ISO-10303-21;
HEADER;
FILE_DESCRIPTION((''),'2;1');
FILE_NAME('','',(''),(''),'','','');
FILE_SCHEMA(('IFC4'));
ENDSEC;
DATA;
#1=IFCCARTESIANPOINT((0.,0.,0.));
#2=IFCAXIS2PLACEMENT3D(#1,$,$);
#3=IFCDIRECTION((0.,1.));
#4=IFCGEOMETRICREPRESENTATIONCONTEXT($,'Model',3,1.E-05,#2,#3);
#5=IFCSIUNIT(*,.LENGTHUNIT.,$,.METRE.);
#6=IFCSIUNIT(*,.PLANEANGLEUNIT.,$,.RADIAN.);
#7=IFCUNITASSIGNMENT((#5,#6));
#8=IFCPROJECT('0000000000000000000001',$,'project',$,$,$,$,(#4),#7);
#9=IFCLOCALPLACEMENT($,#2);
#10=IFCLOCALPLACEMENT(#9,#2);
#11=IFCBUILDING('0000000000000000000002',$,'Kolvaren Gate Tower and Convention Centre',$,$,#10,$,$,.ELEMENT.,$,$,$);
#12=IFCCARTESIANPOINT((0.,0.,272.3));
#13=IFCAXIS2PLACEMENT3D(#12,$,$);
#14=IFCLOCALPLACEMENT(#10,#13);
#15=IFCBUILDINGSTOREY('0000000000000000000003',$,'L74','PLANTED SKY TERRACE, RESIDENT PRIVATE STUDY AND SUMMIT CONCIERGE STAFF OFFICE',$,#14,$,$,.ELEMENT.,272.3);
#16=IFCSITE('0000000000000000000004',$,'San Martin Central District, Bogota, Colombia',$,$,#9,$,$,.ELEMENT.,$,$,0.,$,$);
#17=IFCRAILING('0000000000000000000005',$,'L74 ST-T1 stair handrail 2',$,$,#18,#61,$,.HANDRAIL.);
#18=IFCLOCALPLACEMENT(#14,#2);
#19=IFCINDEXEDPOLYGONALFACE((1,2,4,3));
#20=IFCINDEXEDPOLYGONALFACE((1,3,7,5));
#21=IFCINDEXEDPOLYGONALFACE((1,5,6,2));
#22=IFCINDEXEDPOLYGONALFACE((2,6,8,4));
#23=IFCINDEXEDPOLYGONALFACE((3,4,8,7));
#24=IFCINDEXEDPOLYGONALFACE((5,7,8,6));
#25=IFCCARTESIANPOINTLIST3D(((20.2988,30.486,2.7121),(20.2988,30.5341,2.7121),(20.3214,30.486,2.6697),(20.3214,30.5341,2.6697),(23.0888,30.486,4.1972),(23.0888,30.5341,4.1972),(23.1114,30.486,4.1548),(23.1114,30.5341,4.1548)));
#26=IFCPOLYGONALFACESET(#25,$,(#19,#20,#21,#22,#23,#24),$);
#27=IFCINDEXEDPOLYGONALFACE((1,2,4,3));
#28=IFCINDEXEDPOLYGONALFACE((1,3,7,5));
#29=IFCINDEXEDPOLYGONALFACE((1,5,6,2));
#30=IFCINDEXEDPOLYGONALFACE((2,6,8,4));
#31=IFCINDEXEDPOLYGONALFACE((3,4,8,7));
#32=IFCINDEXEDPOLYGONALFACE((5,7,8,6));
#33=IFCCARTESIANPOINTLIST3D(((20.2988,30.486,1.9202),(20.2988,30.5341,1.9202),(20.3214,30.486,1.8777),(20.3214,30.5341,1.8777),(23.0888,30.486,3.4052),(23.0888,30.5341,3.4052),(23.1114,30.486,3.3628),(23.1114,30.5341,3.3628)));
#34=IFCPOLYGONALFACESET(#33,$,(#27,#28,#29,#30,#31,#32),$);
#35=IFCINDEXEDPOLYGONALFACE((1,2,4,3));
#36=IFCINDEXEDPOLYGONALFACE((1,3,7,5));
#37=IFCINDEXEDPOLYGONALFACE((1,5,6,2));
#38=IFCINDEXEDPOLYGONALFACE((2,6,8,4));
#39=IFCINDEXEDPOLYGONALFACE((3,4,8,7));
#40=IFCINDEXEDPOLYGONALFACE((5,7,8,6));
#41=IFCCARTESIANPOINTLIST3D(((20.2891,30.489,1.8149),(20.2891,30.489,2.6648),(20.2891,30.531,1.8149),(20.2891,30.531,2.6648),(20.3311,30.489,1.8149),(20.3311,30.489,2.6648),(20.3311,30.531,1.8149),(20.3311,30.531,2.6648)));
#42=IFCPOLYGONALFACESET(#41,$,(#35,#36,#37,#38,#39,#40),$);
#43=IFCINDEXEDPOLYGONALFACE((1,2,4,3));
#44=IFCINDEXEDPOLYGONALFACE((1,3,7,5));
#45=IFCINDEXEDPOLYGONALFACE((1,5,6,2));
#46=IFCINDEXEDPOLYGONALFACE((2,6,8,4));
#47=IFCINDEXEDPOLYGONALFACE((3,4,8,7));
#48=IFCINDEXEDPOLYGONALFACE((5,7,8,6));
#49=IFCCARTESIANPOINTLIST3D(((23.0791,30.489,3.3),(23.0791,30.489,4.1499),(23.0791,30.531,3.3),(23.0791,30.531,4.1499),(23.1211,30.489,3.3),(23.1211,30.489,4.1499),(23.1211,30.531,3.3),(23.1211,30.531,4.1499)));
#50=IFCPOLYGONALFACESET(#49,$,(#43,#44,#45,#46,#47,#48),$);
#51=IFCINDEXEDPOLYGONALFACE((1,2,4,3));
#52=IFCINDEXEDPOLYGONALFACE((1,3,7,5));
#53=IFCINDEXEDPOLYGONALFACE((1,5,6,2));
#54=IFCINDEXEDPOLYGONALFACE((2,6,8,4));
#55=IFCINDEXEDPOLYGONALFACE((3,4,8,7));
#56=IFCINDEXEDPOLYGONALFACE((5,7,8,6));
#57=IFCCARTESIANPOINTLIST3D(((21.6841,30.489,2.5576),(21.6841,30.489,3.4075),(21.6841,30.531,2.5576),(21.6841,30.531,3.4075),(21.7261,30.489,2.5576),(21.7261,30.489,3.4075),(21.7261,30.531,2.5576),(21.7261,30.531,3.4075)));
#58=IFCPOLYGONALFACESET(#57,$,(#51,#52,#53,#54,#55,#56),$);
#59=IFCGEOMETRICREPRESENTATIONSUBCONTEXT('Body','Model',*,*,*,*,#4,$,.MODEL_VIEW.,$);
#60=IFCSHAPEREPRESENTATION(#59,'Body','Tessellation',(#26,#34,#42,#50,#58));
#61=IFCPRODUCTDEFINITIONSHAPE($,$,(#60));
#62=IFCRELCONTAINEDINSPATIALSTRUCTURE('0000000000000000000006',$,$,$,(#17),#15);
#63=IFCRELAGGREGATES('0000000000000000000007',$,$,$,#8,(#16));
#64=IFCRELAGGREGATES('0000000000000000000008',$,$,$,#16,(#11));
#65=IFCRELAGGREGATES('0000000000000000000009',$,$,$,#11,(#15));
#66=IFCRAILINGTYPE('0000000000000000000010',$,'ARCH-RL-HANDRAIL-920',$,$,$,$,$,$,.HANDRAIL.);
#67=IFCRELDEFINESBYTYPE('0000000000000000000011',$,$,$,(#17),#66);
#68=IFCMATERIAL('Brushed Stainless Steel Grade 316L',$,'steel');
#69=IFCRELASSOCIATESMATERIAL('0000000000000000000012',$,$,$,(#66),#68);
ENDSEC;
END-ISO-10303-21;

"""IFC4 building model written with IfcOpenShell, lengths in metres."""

from ifc_helpers import new_model, si_unit, direction, frame, origin, origin_2d, place, context, subcontext, project, spatial, rectangle, extrude, material, type_object, element, save


model = new_model("IFC4")

# Units and contexts
model_context = context("Model", 3, precision=1e-05, world=origin(), true_north=direction((0.0, 1.0)))
body_context = subcontext(model_context, "Body", "Model", "MODEL_VIEW")
ifc_project = project(units=[si_unit("LENGTHUNIT", "METRE"), si_unit("PLANEANGLEUNIT", "RADIAN")], contexts=[model_context])

# Site, building, storey
site_placement = place(None, origin())
site = spatial("IfcSite", under=ifc_project, at=site_placement, Name="San Martin Central District, Bogota, Colombia", CompositionType="ELEMENT", RefElevation=0.0)
building_placement = place(site_placement, origin())
building = spatial("IfcBuilding", under=site, at=building_placement, Name="Kolvaren Gate Tower and Convention Centre", CompositionType="ELEMENT")
storey_placement = place(building_placement, frame((0.0, 0.0, 272.3)))
storey = spatial("IfcBuildingStorey", under=building, at=storey_placement, Name="L74", Description="PLANTED SKY TERRACE, RESIDENT PRIVATE STUDY AND SUMMIT CONCIERGE STAFF OFFICE", CompositionType="ELEMENT", Elevation=272.3)

# Railing
ifc_material_1 = material(Name="Brushed Stainless Steel Grade 316L", Category="steel")
railing_type_1 = type_object("IfcRailingType", Name="ARCH-RL-HANDRAIL-920", PredefinedType="HANDRAIL", material=ifc_material_1)
railing_1_placement = place(storey_placement, frame((20.3101, 30.51, 1.8149)))
element("IfcRailing", 1, at=railing_1_placement, inside=storey, type_object=railing_type_1, Name="L74 ST-T1 stair handrail 2", PredefinedType="HANDRAIL", context=body_context, shape_type="SweptSolid", body=[
    extrude(rectangle(XDim=0.0481, YDim=0.0481, at=origin_2d()), frame((0.0, 0.0, 0.876), z_axis=(0.882735, 0.0, 0.46987), x_axis=(0.0, 1.0, 0.0)), (0.0, 0.0, 1.0), 3.1606),
    extrude(rectangle(XDim=0.0481, YDim=0.0481, at=origin_2d()), frame((0.0, 0.0, 0.084), z_axis=(0.882735, 0.0, 0.46987), x_axis=(0.0, 1.0, 0.0)), (0.0, 0.0, 1.0), 3.1606),
    extrude(rectangle(XDim=0.042, YDim=0.042, at=origin_2d()), origin(), (0.0, 0.0, 1.0), 0.8499),
    extrude(rectangle(XDim=0.042, YDim=0.042, at=origin_2d()), frame((2.79, 0.0, 1.4851)), (0.0, 0.0, 1.0), 0.8499),
    extrude(rectangle(XDim=0.042, YDim=0.042, at=origin_2d()), frame((1.395, 0.0, 0.7427)), (0.0, 0.0, 1.0), 0.8499),
])

save(model, "model.ifc")
